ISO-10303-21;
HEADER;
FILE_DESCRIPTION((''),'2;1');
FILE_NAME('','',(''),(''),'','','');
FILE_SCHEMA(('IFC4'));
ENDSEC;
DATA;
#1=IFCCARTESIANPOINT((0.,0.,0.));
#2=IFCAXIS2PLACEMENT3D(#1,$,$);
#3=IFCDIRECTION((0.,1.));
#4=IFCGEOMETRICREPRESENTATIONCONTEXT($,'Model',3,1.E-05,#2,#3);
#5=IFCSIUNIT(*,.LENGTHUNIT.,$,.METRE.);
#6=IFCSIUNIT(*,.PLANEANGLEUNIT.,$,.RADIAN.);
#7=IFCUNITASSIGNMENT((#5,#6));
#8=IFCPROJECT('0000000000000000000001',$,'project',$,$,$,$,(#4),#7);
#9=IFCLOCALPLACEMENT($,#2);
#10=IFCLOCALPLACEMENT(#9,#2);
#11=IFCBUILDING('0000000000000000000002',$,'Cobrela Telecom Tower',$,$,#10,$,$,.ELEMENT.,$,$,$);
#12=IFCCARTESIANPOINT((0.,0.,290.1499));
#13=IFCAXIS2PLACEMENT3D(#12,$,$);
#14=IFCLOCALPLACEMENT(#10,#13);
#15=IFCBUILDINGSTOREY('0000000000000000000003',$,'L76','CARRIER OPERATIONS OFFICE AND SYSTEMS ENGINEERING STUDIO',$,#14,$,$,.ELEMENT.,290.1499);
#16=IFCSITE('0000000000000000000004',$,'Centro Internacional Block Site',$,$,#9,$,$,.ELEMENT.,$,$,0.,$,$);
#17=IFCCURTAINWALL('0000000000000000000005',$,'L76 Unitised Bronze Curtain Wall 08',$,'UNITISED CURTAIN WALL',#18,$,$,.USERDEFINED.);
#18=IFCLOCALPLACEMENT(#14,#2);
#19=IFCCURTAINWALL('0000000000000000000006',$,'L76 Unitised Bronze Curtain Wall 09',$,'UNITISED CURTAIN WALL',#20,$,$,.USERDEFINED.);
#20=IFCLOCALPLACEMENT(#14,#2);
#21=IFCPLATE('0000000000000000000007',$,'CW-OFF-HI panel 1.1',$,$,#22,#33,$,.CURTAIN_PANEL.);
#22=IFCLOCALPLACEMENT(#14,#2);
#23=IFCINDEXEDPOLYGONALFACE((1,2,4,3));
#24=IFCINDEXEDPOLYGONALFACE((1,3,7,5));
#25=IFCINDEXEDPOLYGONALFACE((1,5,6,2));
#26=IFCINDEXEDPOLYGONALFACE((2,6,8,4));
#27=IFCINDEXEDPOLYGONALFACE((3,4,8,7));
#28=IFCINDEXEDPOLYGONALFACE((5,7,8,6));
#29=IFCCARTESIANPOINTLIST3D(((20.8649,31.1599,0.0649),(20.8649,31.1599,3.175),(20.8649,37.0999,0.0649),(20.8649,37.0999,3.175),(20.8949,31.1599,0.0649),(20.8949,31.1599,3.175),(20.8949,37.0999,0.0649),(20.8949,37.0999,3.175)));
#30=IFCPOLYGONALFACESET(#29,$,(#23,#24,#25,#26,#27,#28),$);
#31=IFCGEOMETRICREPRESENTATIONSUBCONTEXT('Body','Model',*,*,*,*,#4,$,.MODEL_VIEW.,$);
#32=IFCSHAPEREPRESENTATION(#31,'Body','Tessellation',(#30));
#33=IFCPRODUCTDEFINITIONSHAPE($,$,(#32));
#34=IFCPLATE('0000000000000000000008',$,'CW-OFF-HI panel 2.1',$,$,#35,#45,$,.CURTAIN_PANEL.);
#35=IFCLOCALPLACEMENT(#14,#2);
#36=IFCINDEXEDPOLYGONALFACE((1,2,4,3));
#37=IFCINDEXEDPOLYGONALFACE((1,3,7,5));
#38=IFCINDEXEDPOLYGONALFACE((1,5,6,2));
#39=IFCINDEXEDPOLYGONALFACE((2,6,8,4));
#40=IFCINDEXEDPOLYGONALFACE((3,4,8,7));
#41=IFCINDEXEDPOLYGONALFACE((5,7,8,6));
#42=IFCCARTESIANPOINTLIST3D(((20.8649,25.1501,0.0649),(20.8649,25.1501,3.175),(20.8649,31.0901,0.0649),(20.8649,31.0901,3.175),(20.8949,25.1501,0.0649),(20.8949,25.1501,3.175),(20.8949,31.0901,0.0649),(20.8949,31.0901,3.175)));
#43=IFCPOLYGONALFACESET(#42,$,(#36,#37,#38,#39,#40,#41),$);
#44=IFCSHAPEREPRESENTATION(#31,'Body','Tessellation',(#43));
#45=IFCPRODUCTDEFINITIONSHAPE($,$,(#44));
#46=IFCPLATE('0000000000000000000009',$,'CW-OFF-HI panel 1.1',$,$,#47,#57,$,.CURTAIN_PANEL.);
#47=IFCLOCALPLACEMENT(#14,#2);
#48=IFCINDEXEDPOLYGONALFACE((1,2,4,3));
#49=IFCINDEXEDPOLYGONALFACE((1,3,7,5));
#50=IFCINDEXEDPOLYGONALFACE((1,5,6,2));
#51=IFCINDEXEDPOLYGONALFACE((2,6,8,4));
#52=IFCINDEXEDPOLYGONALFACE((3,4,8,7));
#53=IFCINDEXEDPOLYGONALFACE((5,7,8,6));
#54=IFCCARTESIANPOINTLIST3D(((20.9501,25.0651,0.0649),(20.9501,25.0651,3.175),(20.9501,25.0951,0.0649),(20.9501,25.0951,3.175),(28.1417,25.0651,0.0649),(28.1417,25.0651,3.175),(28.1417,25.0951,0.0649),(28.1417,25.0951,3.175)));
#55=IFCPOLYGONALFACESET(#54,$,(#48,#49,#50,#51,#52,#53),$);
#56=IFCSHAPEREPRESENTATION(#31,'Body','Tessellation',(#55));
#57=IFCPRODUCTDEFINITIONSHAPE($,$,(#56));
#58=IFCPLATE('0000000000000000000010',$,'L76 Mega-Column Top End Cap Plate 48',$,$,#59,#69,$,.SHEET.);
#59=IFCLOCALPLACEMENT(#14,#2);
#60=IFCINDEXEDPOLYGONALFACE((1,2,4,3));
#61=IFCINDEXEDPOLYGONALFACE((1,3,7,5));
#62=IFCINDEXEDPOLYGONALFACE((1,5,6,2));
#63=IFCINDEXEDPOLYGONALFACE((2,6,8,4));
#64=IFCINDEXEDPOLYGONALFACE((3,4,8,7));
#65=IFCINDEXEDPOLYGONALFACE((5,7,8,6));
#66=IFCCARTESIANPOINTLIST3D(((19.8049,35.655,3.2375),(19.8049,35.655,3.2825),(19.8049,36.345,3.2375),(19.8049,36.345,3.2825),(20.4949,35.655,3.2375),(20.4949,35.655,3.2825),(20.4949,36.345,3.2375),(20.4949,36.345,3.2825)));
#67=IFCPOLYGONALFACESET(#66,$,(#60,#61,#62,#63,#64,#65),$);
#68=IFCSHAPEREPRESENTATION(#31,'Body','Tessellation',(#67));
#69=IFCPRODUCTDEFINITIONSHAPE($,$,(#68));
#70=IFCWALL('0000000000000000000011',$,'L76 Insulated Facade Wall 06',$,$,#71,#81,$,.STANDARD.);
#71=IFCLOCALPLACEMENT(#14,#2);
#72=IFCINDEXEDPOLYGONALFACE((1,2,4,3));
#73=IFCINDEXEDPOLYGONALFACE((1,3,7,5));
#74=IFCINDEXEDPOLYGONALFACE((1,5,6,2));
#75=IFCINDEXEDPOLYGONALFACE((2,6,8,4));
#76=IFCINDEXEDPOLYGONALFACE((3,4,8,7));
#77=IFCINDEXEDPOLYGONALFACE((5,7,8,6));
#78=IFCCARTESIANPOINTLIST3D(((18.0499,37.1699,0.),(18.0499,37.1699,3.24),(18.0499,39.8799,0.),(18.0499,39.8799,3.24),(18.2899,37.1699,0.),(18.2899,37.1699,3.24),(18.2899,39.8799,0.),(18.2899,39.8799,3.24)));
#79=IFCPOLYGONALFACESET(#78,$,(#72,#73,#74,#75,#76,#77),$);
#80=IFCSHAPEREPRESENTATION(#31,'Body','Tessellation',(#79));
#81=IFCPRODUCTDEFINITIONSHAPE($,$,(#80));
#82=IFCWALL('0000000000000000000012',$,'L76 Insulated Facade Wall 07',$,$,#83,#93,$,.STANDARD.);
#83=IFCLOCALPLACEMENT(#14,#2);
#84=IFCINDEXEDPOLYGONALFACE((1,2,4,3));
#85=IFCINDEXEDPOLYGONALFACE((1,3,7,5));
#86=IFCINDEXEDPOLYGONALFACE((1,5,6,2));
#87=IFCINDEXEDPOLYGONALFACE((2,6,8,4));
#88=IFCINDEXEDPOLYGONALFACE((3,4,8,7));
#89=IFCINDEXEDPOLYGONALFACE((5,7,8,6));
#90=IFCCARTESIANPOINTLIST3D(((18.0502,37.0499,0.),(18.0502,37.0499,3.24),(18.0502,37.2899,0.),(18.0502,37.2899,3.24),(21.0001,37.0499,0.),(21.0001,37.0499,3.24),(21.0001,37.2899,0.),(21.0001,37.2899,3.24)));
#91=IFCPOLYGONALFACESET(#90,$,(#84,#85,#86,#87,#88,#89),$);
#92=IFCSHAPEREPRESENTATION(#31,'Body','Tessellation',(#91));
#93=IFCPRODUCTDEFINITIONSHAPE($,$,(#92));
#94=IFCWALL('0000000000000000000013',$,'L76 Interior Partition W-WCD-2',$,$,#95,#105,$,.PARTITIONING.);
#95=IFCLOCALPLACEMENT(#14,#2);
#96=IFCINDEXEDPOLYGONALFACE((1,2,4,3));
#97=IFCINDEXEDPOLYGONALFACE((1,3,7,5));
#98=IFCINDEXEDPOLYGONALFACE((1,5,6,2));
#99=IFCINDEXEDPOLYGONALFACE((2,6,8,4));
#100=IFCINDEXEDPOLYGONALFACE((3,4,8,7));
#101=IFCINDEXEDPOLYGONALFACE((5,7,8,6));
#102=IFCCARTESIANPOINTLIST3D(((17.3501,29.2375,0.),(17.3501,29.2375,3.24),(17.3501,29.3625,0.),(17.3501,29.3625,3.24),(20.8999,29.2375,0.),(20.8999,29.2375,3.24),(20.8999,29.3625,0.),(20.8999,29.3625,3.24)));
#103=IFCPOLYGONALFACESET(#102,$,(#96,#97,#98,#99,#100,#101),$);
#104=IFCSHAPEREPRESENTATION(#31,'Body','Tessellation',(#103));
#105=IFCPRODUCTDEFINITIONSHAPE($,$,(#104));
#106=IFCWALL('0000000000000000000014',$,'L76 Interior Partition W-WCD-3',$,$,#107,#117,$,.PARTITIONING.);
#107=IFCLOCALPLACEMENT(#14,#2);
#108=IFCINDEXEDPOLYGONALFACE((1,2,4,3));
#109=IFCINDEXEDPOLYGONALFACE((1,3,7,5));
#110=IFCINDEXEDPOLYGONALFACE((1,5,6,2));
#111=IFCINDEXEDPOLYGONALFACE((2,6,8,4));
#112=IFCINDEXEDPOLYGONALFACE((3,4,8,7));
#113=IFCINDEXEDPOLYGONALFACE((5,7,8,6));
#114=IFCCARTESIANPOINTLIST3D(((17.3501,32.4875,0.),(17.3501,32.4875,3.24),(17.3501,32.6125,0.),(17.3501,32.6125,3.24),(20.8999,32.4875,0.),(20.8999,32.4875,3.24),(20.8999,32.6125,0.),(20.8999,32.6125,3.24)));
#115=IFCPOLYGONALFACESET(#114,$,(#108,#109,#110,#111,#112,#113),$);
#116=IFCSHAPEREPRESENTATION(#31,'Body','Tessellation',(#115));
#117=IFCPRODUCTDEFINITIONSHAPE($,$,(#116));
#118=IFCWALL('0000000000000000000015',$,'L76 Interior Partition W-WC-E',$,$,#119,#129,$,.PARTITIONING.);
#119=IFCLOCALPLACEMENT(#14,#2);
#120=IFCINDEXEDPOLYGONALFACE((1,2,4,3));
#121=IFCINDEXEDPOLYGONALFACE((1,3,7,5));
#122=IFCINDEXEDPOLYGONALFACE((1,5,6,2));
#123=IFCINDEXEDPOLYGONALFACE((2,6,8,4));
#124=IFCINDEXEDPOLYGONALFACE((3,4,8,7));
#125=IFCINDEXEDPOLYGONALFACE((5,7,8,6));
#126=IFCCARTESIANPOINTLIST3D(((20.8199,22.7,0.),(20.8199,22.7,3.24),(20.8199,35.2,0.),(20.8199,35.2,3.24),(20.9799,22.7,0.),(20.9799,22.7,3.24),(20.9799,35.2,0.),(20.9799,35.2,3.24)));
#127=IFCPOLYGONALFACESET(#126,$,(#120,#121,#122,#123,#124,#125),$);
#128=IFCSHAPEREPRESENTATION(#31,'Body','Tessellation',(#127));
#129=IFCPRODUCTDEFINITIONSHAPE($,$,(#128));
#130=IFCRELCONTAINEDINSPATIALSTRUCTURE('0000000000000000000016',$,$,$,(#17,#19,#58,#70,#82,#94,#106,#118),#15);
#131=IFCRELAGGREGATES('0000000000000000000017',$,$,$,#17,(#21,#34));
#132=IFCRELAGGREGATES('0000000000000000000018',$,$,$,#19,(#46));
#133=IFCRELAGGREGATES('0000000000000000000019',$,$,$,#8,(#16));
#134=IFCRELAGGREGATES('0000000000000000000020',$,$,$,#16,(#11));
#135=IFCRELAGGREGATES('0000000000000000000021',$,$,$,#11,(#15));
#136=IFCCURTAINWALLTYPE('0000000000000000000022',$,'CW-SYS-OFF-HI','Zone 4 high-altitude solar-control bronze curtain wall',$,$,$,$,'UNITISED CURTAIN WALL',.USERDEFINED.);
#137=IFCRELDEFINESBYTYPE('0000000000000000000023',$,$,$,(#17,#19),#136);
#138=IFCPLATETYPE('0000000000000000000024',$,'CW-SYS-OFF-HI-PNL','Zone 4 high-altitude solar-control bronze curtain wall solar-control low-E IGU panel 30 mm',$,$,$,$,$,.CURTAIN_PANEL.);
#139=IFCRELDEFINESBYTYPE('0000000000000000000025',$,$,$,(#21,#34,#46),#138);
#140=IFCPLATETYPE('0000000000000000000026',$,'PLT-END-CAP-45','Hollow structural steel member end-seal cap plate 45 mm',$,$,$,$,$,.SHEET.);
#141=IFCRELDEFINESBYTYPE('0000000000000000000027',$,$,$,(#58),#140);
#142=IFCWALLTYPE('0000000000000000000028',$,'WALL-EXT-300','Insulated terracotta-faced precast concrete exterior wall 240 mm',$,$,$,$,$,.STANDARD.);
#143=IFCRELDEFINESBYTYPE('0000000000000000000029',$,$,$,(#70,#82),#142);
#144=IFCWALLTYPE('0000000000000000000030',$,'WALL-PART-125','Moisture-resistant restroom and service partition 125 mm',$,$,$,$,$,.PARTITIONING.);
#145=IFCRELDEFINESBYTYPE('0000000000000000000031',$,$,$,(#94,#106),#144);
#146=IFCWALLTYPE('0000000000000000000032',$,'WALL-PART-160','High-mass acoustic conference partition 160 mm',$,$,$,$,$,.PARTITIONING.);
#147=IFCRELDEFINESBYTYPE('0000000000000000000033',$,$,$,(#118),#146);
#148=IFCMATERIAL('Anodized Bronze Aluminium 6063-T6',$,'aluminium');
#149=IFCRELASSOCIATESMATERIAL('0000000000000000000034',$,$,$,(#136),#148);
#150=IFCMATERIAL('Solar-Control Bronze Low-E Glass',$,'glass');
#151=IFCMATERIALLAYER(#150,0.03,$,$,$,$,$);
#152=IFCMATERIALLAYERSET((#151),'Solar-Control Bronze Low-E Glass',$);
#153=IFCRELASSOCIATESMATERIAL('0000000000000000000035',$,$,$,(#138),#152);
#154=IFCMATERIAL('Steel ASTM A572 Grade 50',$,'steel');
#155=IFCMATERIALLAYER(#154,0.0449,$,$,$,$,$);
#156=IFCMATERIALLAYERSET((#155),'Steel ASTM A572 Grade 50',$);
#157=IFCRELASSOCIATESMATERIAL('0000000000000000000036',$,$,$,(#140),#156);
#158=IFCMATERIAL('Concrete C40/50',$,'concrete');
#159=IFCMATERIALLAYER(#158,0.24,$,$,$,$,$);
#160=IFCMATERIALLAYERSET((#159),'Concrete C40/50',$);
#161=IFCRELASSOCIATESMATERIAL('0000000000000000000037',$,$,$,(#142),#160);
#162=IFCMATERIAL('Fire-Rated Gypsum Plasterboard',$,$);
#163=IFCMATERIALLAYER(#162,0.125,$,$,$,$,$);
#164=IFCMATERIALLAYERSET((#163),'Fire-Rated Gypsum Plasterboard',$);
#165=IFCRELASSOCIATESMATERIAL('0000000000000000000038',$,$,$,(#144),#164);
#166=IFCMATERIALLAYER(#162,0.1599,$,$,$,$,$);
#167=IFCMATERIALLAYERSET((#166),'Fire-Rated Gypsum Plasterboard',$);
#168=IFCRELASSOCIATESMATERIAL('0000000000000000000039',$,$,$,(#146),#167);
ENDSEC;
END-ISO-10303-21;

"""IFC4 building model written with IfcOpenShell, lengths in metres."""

from ifc_helpers import new_model, si_unit, direction, frame, frame_2d, origin, origin_2d, place, context, subcontext, project, spatial, rectangle, extrude, material, layer, layer_set, type_object, element, aggregate, save


model = new_model("IFC4")

# Units and contexts
model_context = context("Model", 3, precision=1e-05, world=origin(), true_north=direction((0.0, 1.0)))
body_context = subcontext(model_context, "Body", "Model", "MODEL_VIEW")
ifc_project = project(units=[si_unit("LENGTHUNIT", "METRE"), si_unit("PLANEANGLEUNIT", "RADIAN")], contexts=[model_context])

# Site, building, storey
site_placement = place(None, origin())
site = spatial("IfcSite", under=ifc_project, at=site_placement, Name="Centro Internacional Block Site", CompositionType="ELEMENT", RefElevation=0.0)
building_placement = place(site_placement, origin())
building = spatial("IfcBuilding", under=site, at=building_placement, Name="Cobrela Telecom Tower", CompositionType="ELEMENT")
storey_placement = place(building_placement, frame((0.0, 0.0, 290.1499)))
storey = spatial("IfcBuildingStorey", under=building, at=storey_placement, Name="L76", Description="CARRIER OPERATIONS OFFICE AND SYSTEMS ENGINEERING STUDIO", CompositionType="ELEMENT", Elevation=290.1499)

# Shared definitions
ifc_material_1 = material(Name="Steel ASTM A572 Grade 50", Category="steel")

# Shared definitions
ifc_material_2 = material(Name="Anodized Bronze Aluminium 6063-T6", Category="aluminium")
curtain_wall_type = type_object("IfcCurtainWallType", Name="CW-SYS-OFF-HI", Description="Zone 4 high-altitude solar-control bronze curtain wall", ElementType="UNITISED CURTAIN WALL", PredefinedType="USERDEFINED", material=ifc_material_2)

# Curtain walls
curtain_wall_1_placement = place(storey_placement, origin())
curtain_wall_1 = element("IfcCurtainWall", 1, at=curtain_wall_1_placement, inside=storey, type_object=curtain_wall_type, Name="L76 Unitised Bronze Curtain Wall 08", ObjectType="UNITISED CURTAIN WALL", PredefinedType="USERDEFINED")
curtain_wall_2_placement = place(storey_placement, origin())
curtain_wall_2 = element("IfcCurtainWall", 2, at=curtain_wall_2_placement, inside=storey, type_object=curtain_wall_type, Name="L76 Unitised Bronze Curtain Wall 09", ObjectType="UNITISED CURTAIN WALL", PredefinedType="USERDEFINED")

# Plates
ifc_material_3 = material(Name="Solar-Control Bronze Low-E Glass", Category="glass")
ifc_layer_1 = layer(ifc_material_3, 0.03)
ifc_layer_set_1 = layer_set([ifc_layer_1], Name="Solar-Control Bronze Low-E Glass")
plate_type_1 = type_object("IfcPlateType", Name="CW-SYS-OFF-HI-PNL", Description="Zone 4 high-altitude solar-control bronze curtain wall solar-control low-E IGU panel 30 mm", PredefinedType="CURTAIN_PANEL", material=ifc_layer_set_1)
plate_1_placement = place(storey_placement, frame((20.8799, 34.1299, 0.0649), z_axis=(0.0, 0.0, 1.0), x_axis=(0.0, -1.0, 0.0)))
plate_1 = element("IfcPlate", 3, at=plate_1_placement, type_object=plate_type_1, Name="CW-OFF-HI panel 1.1", PredefinedType="CURTAIN_PANEL", context=body_context, shape_type="SweptSolid", body=[
    extrude(rectangle(XDim=5.9399, YDim=0.03, at=origin_2d()), origin(), (0.0, 0.0, 1.0), 3.1101),
])
plate_2_placement = place(storey_placement, frame((20.8799, 28.1201, 0.0649), z_axis=(0.0, 0.0, 1.0), x_axis=(0.0, -1.0, 0.0)))
plate_2 = element("IfcPlate", 4, at=plate_2_placement, type_object=plate_type_1, Name="CW-OFF-HI panel 2.1", PredefinedType="CURTAIN_PANEL", context=body_context, shape_type="SweptSolid", body=[
    extrude(rectangle(XDim=5.9399, YDim=0.03, at=origin_2d()), origin(), (0.0, 0.0, 1.0), 3.1101),
])
aggregate(curtain_wall_1, [plate_1, plate_2])
plate_3_placement = place(storey_placement, frame((24.5459, 25.0801, 0.0649), z_axis=(0.0, 0.0, 1.0), x_axis=(1.0, 0.0, 0.0)))
plate_3 = element("IfcPlate", 5, at=plate_3_placement, type_object=plate_type_1, Name="CW-OFF-HI panel 1.1", PredefinedType="CURTAIN_PANEL", context=body_context, shape_type="SweptSolid", body=[
    extrude(rectangle(XDim=7.1917, YDim=0.03, at=origin_2d()), origin(), (0.0, 0.0, 1.0), 3.1101),
])
aggregate(curtain_wall_2, [plate_3])
ifc_layer_2 = layer(ifc_material_1, 0.0449)
ifc_layer_set_2 = layer_set([ifc_layer_2], Name="Steel ASTM A572 Grade 50")
plate_type_2 = type_object("IfcPlateType", Name="PLT-END-CAP-45", Description="Hollow structural steel member end-seal cap plate 45 mm", PredefinedType="SHEET", material=ifc_layer_set_2)
plate_4_placement = place(storey_placement, frame((20.1499, 36.0, 3.2375), z_axis=(0.0, 0.0, 1.0), x_axis=(1.0, 0.0, 0.0)))
element("IfcPlate", 6, at=plate_4_placement, inside=storey, type_object=plate_type_2, Name="L76 Mega-Column Top End Cap Plate 48", PredefinedType="SHEET", context=body_context, shape_type="SweptSolid", body=[
    extrude(rectangle(XDim=0.6899, YDim=0.6899, at=origin_2d()), origin(), (0.0, 0.0, 1.0), 0.0449),
])

# Walls
ifc_material_4 = material(Name="Concrete C40/50", Category="concrete")
ifc_layer_3 = layer(ifc_material_4, 0.24)
ifc_layer_set_3 = layer_set([ifc_layer_3], Name="Concrete C40/50")
wall_type_1 = type_object("IfcWallType", Name="WALL-EXT-300", Description="Insulated terracotta-faced precast concrete exterior wall 240 mm", PredefinedType="STANDARD", material=ifc_layer_set_3)
wall_1_placement = place(storey_placement, frame((18.1699, 39.8799, 0.0), z_axis=(0.0, 0.0, 1.0), x_axis=(0.0, -1.0, 0.0)))
element("IfcWall", 7, at=wall_1_placement, inside=storey, type_object=wall_type_1, Name="L76 Insulated Facade Wall 06", PredefinedType="STANDARD", context=body_context, shape_type="SweptSolid", body=[
    extrude(rectangle(XDim=2.71, YDim=0.24, at=frame_2d((1.355, 0.0))), origin(), (0.0, 0.0, 1.0), 3.24),
])
wall_2_placement = place(storey_placement, frame((18.05, 37.1699, 0.0), z_axis=(0.0, 0.0, 1.0), x_axis=(1.0, 0.0, 0.0)))
element("IfcWall", 8, at=wall_2_placement, inside=storey, type_object=wall_type_1, Name="L76 Insulated Facade Wall 07", PredefinedType="STANDARD", context=body_context, shape_type="SweptSolid", body=[
    extrude(rectangle(XDim=2.95, YDim=0.24, at=frame_2d((1.4751, 0.0))), origin(), (0.0, 0.0, 1.0), 3.24),
])
ifc_material_5 = material(Name="Fire-Rated Gypsum Plasterboard")
ifc_layer_4 = layer(ifc_material_5, 0.125)
ifc_layer_set_4 = layer_set([ifc_layer_4], Name="Fire-Rated Gypsum Plasterboard")
wall_type_2 = type_object("IfcWallType", Name="WALL-PART-125", Description="Moisture-resistant restroom and service partition 125 mm", PredefinedType="PARTITIONING", material=ifc_layer_set_4)
for number, where, z_axis, x_axis, name in (
    (9, (17.3501, 29.3, 0.0), (0.0, 0.0, 1.0), (1.0, 0.0, 0.0), "L76 Interior Partition W-WCD-2"),
    (10, (17.3501, 32.55, 0.0), (0.0, 0.0, 1.0), (1.0, 0.0, 0.0), "L76 Interior Partition W-WCD-3"),
):
    element("IfcWall", number, at=place(storey_placement, frame(where, z_axis=z_axis, x_axis=x_axis)), inside=storey, type_object=wall_type_2, Name=name, PredefinedType="PARTITIONING", context=body_context, shape_type="SweptSolid", body=[
        extrude(rectangle(XDim=3.5498, YDim=0.125, at=frame_2d((1.7749, 0.0))), origin(), (0.0, 0.0, 1.0), 3.24),
    ])
ifc_layer_5 = layer(ifc_material_5, 0.1599)
ifc_layer_set_5 = layer_set([ifc_layer_5], Name="Fire-Rated Gypsum Plasterboard")
wall_type_3 = type_object("IfcWallType", Name="WALL-PART-160", Description="High-mass acoustic conference partition 160 mm", PredefinedType="PARTITIONING", material=ifc_layer_set_5)
wall_3_placement = place(storey_placement, frame((20.8999, 22.7, 0.0), z_axis=(0.0, 0.0, 1.0), x_axis=(0.0, 1.0, 0.0)))
element("IfcWall", 11, at=wall_3_placement, inside=storey, type_object=wall_type_3, Name="L76 Interior Partition W-WC-E", PredefinedType="PARTITIONING", context=body_context, shape_type="SweptSolid", body=[
    extrude(rectangle(XDim=12.5, YDim=0.1599, at=frame_2d((6.25, 0.0))), origin(), (0.0, 0.0, 1.0), 3.24),
])

save(model, "model.ifc")
